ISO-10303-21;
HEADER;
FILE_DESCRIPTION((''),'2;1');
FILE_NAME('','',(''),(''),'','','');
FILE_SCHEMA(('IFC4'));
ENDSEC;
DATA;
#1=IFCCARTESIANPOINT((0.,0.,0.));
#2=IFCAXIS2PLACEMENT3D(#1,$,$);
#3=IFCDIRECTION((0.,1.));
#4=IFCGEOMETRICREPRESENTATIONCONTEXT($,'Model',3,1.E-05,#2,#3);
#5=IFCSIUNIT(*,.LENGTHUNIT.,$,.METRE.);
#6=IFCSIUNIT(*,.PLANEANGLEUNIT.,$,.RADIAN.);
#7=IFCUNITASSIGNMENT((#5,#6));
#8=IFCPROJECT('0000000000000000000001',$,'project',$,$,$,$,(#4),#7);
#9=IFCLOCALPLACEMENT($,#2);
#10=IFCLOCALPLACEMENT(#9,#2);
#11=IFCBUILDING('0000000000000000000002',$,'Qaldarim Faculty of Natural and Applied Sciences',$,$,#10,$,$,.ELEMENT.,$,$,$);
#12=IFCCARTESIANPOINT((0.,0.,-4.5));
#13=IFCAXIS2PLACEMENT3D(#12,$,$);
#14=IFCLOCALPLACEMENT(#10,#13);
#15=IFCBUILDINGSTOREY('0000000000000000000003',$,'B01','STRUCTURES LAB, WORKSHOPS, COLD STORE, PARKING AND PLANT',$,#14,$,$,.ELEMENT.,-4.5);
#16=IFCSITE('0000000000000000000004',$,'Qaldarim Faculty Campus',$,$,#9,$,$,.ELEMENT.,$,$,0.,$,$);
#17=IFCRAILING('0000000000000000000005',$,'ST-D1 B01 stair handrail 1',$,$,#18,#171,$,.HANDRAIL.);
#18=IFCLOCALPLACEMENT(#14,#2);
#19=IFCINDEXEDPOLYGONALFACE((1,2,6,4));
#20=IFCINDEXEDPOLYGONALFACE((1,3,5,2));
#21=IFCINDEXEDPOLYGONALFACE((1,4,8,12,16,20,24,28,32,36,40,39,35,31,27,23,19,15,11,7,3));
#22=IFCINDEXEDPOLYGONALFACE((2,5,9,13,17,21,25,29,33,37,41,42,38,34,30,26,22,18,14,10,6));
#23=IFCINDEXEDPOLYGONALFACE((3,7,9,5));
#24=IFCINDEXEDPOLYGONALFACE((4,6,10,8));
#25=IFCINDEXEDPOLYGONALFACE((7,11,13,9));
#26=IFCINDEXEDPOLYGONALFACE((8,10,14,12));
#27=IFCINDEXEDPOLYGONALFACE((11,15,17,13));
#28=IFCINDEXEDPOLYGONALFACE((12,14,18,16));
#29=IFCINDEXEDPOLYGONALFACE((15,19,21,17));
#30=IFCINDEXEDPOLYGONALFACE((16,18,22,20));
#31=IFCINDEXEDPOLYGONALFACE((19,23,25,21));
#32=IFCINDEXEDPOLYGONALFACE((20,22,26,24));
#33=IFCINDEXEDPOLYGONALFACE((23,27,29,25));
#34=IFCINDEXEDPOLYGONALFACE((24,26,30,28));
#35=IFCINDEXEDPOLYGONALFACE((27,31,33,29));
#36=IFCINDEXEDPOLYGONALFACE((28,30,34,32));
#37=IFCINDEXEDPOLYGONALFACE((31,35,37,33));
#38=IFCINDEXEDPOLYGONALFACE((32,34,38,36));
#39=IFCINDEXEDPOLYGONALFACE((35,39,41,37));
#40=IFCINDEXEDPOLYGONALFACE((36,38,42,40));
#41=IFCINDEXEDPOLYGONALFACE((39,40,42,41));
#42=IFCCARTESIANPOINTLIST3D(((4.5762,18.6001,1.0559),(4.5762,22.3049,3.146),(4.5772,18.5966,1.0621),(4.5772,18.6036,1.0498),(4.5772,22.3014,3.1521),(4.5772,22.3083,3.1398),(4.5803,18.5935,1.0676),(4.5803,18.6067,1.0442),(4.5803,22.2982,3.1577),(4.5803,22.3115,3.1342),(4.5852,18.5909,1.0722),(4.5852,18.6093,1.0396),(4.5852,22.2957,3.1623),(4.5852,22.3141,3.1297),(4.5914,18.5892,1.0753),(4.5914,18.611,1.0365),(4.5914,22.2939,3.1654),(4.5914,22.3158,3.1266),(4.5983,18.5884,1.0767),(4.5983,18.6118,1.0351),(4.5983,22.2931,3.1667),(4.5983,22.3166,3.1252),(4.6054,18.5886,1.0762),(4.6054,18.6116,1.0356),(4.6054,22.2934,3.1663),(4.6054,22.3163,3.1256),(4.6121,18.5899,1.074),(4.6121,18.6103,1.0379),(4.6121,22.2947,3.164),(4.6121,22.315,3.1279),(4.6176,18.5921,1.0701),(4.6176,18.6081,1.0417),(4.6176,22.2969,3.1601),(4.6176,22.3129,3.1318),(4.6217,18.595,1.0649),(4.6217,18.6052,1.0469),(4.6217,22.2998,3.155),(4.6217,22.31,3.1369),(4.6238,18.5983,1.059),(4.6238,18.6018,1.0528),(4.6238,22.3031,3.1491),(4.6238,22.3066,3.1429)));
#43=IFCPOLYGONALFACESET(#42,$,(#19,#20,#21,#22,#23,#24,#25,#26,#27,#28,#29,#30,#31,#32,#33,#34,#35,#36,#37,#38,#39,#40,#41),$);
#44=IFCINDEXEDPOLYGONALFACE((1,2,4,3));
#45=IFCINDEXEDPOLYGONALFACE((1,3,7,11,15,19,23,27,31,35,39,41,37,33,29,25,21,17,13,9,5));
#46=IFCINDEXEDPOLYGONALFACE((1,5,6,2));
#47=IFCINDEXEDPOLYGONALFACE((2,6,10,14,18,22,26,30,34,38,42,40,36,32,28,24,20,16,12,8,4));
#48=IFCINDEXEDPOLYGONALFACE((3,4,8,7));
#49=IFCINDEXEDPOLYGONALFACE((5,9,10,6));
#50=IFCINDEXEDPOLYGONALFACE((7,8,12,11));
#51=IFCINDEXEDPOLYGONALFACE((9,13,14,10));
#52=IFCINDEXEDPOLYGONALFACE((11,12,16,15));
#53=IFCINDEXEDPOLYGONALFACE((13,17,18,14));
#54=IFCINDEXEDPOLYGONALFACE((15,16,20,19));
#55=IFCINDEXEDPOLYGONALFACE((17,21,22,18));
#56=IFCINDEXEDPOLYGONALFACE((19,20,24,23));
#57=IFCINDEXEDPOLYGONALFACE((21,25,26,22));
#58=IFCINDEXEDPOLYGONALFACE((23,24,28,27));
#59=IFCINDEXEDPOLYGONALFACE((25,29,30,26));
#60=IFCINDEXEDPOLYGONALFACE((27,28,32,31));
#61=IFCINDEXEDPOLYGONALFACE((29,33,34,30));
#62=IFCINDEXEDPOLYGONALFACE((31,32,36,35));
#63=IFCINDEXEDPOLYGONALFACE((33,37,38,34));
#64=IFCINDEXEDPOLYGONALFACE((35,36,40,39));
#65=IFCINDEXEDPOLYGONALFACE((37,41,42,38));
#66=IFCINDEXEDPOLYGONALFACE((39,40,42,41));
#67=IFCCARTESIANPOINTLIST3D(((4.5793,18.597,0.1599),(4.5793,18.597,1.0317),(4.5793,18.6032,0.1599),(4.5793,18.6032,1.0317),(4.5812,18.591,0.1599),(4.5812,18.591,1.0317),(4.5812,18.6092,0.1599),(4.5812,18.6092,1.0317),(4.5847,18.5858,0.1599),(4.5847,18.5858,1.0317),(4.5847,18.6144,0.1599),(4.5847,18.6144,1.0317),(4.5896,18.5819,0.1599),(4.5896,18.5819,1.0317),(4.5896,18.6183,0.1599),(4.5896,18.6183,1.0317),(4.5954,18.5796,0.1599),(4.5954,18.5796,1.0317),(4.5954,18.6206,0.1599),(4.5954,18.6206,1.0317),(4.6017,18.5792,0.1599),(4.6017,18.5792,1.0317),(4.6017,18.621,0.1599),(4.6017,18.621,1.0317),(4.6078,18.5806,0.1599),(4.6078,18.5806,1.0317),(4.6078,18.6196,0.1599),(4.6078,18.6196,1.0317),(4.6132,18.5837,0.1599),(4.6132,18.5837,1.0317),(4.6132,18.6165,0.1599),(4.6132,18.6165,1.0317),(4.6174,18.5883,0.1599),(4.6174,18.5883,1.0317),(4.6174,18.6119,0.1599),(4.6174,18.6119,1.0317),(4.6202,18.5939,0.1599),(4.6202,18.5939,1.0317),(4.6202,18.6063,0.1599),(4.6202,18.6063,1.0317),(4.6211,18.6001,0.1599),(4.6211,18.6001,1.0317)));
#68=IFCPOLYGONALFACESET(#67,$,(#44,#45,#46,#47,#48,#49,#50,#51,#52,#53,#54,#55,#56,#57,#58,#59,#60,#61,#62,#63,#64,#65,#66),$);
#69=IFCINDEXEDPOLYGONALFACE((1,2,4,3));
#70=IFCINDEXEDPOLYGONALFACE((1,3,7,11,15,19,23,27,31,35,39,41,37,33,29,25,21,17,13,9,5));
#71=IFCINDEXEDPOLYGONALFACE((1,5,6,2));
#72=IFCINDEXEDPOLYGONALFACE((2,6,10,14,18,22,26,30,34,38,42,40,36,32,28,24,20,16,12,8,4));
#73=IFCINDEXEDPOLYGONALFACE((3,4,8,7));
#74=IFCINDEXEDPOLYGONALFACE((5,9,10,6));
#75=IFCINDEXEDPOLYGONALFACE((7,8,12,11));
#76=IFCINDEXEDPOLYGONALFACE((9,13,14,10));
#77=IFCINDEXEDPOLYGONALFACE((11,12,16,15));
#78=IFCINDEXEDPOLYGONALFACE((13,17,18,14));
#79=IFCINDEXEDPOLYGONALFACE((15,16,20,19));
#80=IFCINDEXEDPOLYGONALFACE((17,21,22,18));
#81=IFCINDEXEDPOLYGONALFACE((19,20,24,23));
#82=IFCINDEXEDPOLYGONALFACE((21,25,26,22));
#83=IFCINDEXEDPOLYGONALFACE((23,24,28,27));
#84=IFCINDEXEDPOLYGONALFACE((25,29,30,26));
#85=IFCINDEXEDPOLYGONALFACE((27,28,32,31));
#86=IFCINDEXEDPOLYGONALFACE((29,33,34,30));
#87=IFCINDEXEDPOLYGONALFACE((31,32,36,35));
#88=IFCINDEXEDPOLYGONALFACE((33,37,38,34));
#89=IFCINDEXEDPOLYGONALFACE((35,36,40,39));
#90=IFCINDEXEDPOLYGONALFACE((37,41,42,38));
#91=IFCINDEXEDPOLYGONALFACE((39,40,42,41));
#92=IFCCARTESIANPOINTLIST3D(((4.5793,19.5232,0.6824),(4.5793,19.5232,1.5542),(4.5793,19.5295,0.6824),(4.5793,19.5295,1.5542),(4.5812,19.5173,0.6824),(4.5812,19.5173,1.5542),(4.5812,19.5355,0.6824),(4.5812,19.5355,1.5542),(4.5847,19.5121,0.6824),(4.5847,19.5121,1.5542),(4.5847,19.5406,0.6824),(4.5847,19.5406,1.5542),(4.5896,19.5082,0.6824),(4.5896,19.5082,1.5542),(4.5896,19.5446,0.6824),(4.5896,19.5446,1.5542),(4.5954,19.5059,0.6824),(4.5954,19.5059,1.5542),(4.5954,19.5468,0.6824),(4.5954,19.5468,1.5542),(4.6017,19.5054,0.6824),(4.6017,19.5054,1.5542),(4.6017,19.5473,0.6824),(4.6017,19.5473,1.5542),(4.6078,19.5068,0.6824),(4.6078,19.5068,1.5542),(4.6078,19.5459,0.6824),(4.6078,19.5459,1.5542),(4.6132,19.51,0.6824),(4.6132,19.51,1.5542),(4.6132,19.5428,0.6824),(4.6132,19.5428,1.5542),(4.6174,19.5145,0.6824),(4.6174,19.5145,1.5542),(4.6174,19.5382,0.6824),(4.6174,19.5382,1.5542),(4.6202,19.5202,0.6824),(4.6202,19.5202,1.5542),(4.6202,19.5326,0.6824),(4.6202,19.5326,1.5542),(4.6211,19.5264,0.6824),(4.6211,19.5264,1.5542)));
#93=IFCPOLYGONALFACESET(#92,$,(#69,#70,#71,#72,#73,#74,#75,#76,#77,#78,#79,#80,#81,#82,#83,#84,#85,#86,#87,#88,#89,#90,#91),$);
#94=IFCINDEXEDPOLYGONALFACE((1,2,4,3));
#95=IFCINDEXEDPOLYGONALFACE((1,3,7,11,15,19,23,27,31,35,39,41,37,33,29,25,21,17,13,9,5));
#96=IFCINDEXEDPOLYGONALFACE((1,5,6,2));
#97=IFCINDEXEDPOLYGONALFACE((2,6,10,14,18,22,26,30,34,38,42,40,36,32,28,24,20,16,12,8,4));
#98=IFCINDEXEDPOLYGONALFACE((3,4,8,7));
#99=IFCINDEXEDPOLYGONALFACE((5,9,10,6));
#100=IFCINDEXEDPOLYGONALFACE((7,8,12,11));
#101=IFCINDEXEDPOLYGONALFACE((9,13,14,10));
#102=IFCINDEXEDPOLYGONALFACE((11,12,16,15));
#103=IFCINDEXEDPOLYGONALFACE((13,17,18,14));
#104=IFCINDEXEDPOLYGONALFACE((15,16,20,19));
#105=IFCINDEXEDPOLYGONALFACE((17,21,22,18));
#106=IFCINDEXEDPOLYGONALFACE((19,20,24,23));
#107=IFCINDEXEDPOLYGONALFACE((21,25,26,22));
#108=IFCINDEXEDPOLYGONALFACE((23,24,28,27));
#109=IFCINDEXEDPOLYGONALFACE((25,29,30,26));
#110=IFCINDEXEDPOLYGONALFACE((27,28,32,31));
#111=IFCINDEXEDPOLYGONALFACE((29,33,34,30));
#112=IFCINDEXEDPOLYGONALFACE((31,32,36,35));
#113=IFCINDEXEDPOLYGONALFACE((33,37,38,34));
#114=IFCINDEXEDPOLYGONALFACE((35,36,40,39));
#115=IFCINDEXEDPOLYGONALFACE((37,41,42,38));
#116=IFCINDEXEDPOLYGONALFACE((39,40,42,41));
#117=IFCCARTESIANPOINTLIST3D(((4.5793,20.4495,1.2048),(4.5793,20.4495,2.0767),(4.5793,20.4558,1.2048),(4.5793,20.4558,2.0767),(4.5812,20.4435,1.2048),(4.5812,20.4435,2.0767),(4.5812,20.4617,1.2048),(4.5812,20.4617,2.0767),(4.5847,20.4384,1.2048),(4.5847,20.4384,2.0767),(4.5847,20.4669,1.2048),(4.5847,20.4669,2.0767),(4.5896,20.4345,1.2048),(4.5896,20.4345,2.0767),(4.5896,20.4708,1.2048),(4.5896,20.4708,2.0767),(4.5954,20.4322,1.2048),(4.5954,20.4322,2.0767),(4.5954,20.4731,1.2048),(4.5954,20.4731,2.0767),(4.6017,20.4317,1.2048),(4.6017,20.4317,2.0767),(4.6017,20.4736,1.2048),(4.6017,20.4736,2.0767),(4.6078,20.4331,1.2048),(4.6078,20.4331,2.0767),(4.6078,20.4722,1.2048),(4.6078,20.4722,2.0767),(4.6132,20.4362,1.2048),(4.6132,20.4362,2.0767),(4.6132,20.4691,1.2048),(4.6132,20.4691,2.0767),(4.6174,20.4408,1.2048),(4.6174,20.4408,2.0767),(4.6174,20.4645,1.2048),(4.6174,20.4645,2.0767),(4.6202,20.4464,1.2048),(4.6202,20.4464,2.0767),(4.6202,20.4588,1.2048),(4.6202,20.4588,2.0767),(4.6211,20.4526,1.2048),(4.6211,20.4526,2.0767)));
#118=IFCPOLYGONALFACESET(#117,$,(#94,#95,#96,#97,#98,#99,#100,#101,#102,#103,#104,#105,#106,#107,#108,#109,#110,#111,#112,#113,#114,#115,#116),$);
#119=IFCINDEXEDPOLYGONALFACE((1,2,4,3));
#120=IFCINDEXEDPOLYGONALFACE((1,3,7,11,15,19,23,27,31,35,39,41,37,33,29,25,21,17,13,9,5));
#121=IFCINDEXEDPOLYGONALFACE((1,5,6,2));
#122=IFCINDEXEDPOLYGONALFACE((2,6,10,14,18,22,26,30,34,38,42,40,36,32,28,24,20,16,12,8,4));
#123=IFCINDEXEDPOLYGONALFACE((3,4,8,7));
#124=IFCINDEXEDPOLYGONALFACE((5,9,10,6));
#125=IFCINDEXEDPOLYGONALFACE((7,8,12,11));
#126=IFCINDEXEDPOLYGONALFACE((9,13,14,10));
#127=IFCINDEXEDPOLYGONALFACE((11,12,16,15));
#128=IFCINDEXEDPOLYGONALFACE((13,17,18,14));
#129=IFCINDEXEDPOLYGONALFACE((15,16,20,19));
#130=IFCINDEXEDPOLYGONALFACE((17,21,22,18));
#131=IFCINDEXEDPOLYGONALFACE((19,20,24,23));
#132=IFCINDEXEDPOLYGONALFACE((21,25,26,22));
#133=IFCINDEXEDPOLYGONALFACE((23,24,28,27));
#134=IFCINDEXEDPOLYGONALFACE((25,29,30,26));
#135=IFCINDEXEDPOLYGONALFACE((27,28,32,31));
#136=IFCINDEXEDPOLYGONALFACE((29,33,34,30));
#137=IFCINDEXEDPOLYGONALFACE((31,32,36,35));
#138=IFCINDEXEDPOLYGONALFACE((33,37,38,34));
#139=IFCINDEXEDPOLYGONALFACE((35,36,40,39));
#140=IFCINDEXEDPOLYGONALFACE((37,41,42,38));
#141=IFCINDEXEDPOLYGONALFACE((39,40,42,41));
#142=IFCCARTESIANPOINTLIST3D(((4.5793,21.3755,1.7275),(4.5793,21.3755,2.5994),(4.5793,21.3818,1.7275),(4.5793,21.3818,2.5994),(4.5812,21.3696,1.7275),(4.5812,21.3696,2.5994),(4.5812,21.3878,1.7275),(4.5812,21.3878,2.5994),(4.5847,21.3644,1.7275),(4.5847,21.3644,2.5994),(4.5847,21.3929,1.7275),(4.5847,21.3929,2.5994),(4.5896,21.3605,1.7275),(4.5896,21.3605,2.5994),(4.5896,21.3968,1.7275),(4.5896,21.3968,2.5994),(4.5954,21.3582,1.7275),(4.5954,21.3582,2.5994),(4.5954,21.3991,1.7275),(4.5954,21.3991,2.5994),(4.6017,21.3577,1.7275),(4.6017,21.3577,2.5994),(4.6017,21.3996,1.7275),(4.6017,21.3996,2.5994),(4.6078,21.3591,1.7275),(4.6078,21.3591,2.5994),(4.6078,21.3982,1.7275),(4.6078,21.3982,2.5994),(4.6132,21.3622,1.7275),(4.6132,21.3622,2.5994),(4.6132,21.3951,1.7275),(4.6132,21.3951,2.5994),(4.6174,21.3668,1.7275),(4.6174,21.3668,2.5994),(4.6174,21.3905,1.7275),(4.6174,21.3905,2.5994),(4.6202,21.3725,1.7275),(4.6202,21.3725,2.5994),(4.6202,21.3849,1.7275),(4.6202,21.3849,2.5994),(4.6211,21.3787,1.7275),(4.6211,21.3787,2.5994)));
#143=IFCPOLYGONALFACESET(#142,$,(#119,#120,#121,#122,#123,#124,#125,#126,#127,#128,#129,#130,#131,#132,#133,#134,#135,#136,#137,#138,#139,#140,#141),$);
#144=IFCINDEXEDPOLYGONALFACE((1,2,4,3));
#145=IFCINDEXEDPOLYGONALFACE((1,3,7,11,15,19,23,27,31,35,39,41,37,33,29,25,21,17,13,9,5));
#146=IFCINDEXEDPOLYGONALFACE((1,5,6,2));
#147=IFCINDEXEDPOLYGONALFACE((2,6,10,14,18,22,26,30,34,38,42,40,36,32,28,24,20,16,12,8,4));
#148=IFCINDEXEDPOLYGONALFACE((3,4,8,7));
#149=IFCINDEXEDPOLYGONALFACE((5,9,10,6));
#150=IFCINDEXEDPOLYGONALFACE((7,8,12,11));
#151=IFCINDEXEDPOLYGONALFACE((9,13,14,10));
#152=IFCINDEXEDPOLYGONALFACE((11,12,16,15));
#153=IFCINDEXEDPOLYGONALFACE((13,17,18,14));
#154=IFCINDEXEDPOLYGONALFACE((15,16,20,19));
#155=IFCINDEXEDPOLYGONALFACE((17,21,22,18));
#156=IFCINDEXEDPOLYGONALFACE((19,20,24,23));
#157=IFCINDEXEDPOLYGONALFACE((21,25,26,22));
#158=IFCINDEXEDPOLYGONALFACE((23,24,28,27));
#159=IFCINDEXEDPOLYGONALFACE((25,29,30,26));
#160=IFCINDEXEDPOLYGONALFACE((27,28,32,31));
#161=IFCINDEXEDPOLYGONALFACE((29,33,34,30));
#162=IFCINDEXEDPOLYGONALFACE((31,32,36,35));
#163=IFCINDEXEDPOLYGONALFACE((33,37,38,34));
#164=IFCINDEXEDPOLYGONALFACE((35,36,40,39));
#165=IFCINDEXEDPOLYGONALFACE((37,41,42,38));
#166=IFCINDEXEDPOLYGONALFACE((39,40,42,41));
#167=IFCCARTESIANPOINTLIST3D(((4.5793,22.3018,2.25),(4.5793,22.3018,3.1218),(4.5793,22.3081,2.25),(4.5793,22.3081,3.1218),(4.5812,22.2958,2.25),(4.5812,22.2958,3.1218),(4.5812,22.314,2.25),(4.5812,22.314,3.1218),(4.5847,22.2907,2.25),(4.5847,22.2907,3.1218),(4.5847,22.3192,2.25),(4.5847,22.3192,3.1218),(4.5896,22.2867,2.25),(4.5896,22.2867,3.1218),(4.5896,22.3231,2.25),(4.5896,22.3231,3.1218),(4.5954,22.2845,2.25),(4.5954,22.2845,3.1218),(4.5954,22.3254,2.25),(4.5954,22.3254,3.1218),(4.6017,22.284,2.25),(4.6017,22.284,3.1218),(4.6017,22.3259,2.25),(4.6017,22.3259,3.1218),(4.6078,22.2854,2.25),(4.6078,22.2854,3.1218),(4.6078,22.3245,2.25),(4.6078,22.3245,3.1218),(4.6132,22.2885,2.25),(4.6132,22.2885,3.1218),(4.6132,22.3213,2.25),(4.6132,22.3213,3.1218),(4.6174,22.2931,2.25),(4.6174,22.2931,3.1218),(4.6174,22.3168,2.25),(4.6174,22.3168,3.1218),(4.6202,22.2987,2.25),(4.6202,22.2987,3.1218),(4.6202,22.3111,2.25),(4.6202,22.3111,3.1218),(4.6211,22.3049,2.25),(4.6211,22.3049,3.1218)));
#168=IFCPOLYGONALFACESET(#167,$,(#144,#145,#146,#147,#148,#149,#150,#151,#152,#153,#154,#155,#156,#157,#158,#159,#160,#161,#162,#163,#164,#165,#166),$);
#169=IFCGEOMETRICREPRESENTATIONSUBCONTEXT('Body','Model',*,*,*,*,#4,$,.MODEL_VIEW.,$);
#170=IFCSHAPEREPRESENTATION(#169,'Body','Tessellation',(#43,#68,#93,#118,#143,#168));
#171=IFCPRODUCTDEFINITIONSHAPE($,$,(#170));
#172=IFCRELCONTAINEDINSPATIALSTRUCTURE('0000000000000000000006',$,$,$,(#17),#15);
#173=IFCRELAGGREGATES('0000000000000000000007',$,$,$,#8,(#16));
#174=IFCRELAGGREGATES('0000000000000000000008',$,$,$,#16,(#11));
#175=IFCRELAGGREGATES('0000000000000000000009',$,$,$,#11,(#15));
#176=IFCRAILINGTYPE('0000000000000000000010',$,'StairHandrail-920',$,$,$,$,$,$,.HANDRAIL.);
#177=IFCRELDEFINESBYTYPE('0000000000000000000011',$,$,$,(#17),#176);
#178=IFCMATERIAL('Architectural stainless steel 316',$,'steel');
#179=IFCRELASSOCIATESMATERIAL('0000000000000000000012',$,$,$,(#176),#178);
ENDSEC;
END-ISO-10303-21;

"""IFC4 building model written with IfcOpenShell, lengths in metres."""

from ifc_helpers import new_model, si_unit, direction, frame, origin, origin_2d, place, context, subcontext, project, spatial, circle, extrude, material, type_object, element, save


model = new_model("IFC4")

# Units and contexts
model_context = context("Model", 3, precision=1e-05, world=origin(), true_north=direction((0.0, 1.0)))
body_context = subcontext(model_context, "Body", "Model", "MODEL_VIEW")
ifc_project = project(units=[si_unit("LENGTHUNIT", "METRE"), si_unit("PLANEANGLEUNIT", "RADIAN")], contexts=[model_context])

# Site, building, storey
site_placement = place(None, origin())
site = spatial("IfcSite", under=ifc_project, at=site_placement, Name="Qaldarim Faculty Campus", CompositionType="ELEMENT", RefElevation=0.0)
building_placement = place(site_placement, origin())
building = spatial("IfcBuilding", under=site, at=building_placement, Name="Qaldarim Faculty of Natural and Applied Sciences", CompositionType="ELEMENT")
storey_placement = place(building_placement, frame((0.0, 0.0, -4.5)))
storey = spatial("IfcBuildingStorey", under=building, at=storey_placement, Name="B01", Description="STRUCTURES LAB, WORKSHOPS, COLD STORE, PARKING AND PLANT", CompositionType="ELEMENT", Elevation=-4.5)

# Shared definitions
ifc_material_1 = material(Name="Architectural stainless steel 316", Category="steel")

# Railing
railing_type = type_object("IfcRailingType", Name="StairHandrail-920", PredefinedType="HANDRAIL", material=ifc_material_1)
railing_placement = place(storey_placement, frame((4.6001, 18.6001, 0.1599)))
element("IfcRailing", 1, at=railing_placement, inside=storey, type_object=railing_type, Name="ST-D1 B01 stair handrail 1", PredefinedType="HANDRAIL", context=body_context, shape_type="SweptSolid", body=[
    extrude(circle(Radius=0.0239, at=origin_2d()), frame((0.0, 0.0, 0.896), z_axis=(0.0, 0.87096, 0.491354), x_axis=(-1.0, 0.0, 0.0)), (0.0, 0.0, 1.0), 4.2537),
    extrude(circle(Radius=0.021, at=origin_2d()), origin(), (0.0, 0.0, 1.0), 0.8718),
    extrude(circle(Radius=0.021, at=origin_2d()), frame((0.0, 0.9263, 0.5225)), (0.0, 0.0, 1.0), 0.8718),
    extrude(circle(Radius=0.021, at=origin_2d()), frame((0.0, 1.8525, 1.0449)), (0.0, 0.0, 1.0), 0.8718),
    extrude(circle(Radius=0.021, at=origin_2d()), frame((0.0, 2.7786, 1.5676)), (0.0, 0.0, 1.0), 0.8718),
    extrude(circle(Radius=0.021, at=origin_2d()), frame((0.0, 3.7048, 2.0901)), (0.0, 0.0, 1.0), 0.8718),
])

save(model, "model.ifc")
